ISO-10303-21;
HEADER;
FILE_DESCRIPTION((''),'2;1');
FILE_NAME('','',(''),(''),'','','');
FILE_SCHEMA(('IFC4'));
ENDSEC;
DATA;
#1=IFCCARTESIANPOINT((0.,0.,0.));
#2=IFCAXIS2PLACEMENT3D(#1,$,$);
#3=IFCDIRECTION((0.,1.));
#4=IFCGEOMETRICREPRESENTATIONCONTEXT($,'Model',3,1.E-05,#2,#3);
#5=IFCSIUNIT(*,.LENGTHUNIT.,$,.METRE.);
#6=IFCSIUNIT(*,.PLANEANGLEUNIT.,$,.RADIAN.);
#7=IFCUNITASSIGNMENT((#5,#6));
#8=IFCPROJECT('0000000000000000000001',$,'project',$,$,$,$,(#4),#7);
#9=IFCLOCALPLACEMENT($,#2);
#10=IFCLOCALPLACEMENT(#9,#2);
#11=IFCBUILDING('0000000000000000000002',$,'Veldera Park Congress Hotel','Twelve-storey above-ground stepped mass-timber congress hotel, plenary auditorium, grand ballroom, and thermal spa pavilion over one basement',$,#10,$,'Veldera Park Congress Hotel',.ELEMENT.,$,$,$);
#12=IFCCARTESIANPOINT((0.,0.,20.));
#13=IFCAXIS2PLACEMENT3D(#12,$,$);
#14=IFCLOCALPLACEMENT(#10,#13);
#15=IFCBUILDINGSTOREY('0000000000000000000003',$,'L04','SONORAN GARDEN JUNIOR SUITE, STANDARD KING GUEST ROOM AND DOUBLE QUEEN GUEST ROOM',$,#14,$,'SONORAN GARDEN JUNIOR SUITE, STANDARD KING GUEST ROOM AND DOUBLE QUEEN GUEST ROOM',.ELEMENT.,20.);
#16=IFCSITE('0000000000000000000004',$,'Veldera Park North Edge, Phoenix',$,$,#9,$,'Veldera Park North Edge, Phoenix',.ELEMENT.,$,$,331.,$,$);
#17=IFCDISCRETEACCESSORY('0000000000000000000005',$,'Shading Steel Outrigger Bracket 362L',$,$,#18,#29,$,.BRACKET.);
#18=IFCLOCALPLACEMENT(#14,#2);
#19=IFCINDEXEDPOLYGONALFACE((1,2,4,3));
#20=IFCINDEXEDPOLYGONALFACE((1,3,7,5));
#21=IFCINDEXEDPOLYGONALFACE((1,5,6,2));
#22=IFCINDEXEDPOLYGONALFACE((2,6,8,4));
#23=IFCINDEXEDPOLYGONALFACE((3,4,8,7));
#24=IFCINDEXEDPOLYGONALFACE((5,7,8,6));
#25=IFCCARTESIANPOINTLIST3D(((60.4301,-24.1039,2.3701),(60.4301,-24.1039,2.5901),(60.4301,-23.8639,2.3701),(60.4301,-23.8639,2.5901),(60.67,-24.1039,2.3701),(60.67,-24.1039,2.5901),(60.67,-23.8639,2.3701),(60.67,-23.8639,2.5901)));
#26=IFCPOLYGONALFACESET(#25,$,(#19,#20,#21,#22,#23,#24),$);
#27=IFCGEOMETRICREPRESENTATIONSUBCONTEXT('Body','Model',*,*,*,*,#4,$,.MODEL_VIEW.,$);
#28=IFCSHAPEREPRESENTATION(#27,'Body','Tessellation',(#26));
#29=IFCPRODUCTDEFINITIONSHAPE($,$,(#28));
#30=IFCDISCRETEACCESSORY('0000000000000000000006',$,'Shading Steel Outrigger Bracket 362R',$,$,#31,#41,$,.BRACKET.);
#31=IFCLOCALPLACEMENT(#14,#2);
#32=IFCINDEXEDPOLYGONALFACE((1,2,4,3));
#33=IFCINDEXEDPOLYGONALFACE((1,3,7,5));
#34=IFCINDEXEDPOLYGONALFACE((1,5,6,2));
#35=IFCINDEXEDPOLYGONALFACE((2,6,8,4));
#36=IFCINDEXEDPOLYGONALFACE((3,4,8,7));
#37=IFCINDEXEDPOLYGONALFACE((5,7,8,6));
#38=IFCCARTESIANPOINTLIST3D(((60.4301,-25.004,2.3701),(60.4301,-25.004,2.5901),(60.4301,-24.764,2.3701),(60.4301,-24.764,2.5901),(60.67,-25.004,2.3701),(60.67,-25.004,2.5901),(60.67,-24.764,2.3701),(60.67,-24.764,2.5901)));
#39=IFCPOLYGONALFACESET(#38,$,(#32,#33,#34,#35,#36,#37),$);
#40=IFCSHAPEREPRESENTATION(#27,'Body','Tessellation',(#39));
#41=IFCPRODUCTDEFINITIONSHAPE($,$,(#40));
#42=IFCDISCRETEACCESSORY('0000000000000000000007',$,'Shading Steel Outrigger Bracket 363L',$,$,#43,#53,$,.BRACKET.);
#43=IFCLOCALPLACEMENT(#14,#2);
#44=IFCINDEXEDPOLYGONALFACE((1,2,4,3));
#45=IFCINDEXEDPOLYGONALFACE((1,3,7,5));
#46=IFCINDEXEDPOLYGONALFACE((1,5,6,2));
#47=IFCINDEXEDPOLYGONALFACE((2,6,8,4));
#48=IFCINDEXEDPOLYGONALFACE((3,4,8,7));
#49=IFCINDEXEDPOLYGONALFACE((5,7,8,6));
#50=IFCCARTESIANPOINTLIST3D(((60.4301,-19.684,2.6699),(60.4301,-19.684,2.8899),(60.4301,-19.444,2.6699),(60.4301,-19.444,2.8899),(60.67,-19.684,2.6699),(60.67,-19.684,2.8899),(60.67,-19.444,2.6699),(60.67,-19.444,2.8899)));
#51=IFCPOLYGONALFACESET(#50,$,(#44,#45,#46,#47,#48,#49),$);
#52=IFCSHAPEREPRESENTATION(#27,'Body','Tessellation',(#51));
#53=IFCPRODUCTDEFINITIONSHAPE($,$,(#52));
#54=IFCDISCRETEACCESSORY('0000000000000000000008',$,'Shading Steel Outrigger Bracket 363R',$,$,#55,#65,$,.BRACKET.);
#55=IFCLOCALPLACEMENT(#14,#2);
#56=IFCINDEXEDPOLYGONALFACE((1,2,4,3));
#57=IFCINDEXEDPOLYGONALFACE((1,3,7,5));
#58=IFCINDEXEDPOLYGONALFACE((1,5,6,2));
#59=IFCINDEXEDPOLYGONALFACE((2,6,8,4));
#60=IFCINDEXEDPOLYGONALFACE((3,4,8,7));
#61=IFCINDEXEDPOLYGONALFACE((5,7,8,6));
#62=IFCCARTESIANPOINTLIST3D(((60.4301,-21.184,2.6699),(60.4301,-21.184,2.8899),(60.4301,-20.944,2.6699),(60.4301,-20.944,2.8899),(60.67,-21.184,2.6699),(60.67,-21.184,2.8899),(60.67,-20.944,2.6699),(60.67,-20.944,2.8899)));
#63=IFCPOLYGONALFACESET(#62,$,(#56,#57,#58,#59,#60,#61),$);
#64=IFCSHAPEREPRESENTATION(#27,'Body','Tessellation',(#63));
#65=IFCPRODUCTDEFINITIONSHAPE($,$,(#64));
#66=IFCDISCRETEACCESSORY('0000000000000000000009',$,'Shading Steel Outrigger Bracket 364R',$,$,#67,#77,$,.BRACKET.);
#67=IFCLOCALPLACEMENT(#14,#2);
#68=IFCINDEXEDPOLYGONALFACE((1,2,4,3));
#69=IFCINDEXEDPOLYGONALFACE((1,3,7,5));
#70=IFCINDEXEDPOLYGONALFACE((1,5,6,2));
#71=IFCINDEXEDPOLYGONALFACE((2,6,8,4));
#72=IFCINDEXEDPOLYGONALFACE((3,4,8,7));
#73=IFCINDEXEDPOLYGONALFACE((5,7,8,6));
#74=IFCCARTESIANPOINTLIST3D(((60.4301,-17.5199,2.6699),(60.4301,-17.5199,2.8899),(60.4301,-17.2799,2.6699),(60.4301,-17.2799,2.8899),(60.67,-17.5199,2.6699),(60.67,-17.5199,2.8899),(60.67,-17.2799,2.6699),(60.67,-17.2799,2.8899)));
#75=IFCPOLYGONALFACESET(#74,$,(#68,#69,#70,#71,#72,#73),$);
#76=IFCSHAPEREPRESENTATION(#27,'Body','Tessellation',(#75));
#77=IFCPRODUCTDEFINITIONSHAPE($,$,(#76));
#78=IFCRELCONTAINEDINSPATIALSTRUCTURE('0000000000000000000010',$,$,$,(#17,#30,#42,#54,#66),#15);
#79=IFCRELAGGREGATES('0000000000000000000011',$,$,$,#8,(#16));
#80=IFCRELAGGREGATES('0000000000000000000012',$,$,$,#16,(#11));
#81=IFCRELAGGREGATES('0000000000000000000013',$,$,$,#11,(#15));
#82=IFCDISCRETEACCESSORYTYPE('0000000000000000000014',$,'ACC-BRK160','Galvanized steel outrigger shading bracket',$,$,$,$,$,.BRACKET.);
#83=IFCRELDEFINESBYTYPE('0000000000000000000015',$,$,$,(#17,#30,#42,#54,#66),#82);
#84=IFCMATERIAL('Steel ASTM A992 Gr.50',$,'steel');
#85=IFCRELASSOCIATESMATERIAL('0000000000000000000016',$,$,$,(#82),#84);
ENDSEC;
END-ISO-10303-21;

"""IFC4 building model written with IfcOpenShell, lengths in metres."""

from ifc_helpers import new_model, si_unit, direction, frame, origin, origin_2d, place, context, subcontext, project, spatial, rectangle, extrude, material, type_object, element, save


model = new_model("IFC4")

# Units and contexts
model_context = context("Model", 3, precision=1e-05, world=origin(), true_north=direction((0.0, 1.0)))
body_context = subcontext(model_context, "Body", "Model", "MODEL_VIEW")
ifc_project = project(units=[si_unit("LENGTHUNIT", "METRE"), si_unit("PLANEANGLEUNIT", "RADIAN")], contexts=[model_context])

# Site, building, storey
site_placement = place(None, origin())
site = spatial("IfcSite", under=ifc_project, at=site_placement, Name="Veldera Park North Edge, Phoenix", LongName="Veldera Park North Edge, Phoenix", CompositionType="ELEMENT", RefElevation=331.0)
building_placement = place(site_placement, origin())
building = spatial("IfcBuilding", under=site, at=building_placement, Name="Veldera Park Congress Hotel", Description="Twelve-storey above-ground stepped mass-timber congress hotel, plenary auditorium, grand ballroom, and thermal spa pavilion over one basement", LongName="Veldera Park Congress Hotel", CompositionType="ELEMENT")
storey_placement = place(building_placement, frame((0.0, 0.0, 20.0)))
storey = spatial("IfcBuildingStorey", under=building, at=storey_placement, Name="L04", Description="SONORAN GARDEN JUNIOR SUITE, STANDARD KING GUEST ROOM AND DOUBLE QUEEN GUEST ROOM", LongName="SONORAN GARDEN JUNIOR SUITE, STANDARD KING GUEST ROOM AND DOUBLE QUEEN GUEST ROOM", CompositionType="ELEMENT", Elevation=20.0)

# Discrete accessories
ifc_material_1 = material(Name="Steel ASTM A992 Gr.50", Category="steel")
discrete_accessory_type = type_object("IfcDiscreteAccessoryType", Name="ACC-BRK160", Description="Galvanized steel outrigger shading bracket", PredefinedType="BRACKET", material=ifc_material_1)
for number, where, z_axis, x_axis, name in (
    (1, (60.55, -23.9839, 2.3701), (0.0, 0.0, 1.0), (0.0, -1.0, 0.0), "Shading Steel Outrigger Bracket 362L"),
    (2, (60.55, -24.884, 2.3701), (0.0, 0.0, 1.0), (0.0, -1.0, 0.0), "Shading Steel Outrigger Bracket 362R"),
    (3, (60.55, -19.564, 2.6699), (0.0, 0.0, 1.0), (0.0, -1.0, 0.0), "Shading Steel Outrigger Bracket 363L"),
    (4, (60.55, -21.064, 2.6699), (0.0, 0.0, 1.0), (0.0, -1.0, 0.0), "Shading Steel Outrigger Bracket 363R"),
    (5, (60.55, -17.3999, 2.6699), (0.0, 0.0, 1.0), (0.0, -1.0, 0.0), "Shading Steel Outrigger Bracket 364R"),
):
    element("IfcDiscreteAccessory", number, at=place(storey_placement, frame(where, z_axis=z_axis, x_axis=x_axis)), inside=storey, type_object=discrete_accessory_type, Name=name, PredefinedType="BRACKET", context=body_context, shape_type="SweptSolid", body=[
        extrude(rectangle(XDim=0.24, YDim=0.24, at=origin_2d()), origin(), (0.0, 0.0, 1.0), 0.22),
    ])

save(model, "model.ifc")
